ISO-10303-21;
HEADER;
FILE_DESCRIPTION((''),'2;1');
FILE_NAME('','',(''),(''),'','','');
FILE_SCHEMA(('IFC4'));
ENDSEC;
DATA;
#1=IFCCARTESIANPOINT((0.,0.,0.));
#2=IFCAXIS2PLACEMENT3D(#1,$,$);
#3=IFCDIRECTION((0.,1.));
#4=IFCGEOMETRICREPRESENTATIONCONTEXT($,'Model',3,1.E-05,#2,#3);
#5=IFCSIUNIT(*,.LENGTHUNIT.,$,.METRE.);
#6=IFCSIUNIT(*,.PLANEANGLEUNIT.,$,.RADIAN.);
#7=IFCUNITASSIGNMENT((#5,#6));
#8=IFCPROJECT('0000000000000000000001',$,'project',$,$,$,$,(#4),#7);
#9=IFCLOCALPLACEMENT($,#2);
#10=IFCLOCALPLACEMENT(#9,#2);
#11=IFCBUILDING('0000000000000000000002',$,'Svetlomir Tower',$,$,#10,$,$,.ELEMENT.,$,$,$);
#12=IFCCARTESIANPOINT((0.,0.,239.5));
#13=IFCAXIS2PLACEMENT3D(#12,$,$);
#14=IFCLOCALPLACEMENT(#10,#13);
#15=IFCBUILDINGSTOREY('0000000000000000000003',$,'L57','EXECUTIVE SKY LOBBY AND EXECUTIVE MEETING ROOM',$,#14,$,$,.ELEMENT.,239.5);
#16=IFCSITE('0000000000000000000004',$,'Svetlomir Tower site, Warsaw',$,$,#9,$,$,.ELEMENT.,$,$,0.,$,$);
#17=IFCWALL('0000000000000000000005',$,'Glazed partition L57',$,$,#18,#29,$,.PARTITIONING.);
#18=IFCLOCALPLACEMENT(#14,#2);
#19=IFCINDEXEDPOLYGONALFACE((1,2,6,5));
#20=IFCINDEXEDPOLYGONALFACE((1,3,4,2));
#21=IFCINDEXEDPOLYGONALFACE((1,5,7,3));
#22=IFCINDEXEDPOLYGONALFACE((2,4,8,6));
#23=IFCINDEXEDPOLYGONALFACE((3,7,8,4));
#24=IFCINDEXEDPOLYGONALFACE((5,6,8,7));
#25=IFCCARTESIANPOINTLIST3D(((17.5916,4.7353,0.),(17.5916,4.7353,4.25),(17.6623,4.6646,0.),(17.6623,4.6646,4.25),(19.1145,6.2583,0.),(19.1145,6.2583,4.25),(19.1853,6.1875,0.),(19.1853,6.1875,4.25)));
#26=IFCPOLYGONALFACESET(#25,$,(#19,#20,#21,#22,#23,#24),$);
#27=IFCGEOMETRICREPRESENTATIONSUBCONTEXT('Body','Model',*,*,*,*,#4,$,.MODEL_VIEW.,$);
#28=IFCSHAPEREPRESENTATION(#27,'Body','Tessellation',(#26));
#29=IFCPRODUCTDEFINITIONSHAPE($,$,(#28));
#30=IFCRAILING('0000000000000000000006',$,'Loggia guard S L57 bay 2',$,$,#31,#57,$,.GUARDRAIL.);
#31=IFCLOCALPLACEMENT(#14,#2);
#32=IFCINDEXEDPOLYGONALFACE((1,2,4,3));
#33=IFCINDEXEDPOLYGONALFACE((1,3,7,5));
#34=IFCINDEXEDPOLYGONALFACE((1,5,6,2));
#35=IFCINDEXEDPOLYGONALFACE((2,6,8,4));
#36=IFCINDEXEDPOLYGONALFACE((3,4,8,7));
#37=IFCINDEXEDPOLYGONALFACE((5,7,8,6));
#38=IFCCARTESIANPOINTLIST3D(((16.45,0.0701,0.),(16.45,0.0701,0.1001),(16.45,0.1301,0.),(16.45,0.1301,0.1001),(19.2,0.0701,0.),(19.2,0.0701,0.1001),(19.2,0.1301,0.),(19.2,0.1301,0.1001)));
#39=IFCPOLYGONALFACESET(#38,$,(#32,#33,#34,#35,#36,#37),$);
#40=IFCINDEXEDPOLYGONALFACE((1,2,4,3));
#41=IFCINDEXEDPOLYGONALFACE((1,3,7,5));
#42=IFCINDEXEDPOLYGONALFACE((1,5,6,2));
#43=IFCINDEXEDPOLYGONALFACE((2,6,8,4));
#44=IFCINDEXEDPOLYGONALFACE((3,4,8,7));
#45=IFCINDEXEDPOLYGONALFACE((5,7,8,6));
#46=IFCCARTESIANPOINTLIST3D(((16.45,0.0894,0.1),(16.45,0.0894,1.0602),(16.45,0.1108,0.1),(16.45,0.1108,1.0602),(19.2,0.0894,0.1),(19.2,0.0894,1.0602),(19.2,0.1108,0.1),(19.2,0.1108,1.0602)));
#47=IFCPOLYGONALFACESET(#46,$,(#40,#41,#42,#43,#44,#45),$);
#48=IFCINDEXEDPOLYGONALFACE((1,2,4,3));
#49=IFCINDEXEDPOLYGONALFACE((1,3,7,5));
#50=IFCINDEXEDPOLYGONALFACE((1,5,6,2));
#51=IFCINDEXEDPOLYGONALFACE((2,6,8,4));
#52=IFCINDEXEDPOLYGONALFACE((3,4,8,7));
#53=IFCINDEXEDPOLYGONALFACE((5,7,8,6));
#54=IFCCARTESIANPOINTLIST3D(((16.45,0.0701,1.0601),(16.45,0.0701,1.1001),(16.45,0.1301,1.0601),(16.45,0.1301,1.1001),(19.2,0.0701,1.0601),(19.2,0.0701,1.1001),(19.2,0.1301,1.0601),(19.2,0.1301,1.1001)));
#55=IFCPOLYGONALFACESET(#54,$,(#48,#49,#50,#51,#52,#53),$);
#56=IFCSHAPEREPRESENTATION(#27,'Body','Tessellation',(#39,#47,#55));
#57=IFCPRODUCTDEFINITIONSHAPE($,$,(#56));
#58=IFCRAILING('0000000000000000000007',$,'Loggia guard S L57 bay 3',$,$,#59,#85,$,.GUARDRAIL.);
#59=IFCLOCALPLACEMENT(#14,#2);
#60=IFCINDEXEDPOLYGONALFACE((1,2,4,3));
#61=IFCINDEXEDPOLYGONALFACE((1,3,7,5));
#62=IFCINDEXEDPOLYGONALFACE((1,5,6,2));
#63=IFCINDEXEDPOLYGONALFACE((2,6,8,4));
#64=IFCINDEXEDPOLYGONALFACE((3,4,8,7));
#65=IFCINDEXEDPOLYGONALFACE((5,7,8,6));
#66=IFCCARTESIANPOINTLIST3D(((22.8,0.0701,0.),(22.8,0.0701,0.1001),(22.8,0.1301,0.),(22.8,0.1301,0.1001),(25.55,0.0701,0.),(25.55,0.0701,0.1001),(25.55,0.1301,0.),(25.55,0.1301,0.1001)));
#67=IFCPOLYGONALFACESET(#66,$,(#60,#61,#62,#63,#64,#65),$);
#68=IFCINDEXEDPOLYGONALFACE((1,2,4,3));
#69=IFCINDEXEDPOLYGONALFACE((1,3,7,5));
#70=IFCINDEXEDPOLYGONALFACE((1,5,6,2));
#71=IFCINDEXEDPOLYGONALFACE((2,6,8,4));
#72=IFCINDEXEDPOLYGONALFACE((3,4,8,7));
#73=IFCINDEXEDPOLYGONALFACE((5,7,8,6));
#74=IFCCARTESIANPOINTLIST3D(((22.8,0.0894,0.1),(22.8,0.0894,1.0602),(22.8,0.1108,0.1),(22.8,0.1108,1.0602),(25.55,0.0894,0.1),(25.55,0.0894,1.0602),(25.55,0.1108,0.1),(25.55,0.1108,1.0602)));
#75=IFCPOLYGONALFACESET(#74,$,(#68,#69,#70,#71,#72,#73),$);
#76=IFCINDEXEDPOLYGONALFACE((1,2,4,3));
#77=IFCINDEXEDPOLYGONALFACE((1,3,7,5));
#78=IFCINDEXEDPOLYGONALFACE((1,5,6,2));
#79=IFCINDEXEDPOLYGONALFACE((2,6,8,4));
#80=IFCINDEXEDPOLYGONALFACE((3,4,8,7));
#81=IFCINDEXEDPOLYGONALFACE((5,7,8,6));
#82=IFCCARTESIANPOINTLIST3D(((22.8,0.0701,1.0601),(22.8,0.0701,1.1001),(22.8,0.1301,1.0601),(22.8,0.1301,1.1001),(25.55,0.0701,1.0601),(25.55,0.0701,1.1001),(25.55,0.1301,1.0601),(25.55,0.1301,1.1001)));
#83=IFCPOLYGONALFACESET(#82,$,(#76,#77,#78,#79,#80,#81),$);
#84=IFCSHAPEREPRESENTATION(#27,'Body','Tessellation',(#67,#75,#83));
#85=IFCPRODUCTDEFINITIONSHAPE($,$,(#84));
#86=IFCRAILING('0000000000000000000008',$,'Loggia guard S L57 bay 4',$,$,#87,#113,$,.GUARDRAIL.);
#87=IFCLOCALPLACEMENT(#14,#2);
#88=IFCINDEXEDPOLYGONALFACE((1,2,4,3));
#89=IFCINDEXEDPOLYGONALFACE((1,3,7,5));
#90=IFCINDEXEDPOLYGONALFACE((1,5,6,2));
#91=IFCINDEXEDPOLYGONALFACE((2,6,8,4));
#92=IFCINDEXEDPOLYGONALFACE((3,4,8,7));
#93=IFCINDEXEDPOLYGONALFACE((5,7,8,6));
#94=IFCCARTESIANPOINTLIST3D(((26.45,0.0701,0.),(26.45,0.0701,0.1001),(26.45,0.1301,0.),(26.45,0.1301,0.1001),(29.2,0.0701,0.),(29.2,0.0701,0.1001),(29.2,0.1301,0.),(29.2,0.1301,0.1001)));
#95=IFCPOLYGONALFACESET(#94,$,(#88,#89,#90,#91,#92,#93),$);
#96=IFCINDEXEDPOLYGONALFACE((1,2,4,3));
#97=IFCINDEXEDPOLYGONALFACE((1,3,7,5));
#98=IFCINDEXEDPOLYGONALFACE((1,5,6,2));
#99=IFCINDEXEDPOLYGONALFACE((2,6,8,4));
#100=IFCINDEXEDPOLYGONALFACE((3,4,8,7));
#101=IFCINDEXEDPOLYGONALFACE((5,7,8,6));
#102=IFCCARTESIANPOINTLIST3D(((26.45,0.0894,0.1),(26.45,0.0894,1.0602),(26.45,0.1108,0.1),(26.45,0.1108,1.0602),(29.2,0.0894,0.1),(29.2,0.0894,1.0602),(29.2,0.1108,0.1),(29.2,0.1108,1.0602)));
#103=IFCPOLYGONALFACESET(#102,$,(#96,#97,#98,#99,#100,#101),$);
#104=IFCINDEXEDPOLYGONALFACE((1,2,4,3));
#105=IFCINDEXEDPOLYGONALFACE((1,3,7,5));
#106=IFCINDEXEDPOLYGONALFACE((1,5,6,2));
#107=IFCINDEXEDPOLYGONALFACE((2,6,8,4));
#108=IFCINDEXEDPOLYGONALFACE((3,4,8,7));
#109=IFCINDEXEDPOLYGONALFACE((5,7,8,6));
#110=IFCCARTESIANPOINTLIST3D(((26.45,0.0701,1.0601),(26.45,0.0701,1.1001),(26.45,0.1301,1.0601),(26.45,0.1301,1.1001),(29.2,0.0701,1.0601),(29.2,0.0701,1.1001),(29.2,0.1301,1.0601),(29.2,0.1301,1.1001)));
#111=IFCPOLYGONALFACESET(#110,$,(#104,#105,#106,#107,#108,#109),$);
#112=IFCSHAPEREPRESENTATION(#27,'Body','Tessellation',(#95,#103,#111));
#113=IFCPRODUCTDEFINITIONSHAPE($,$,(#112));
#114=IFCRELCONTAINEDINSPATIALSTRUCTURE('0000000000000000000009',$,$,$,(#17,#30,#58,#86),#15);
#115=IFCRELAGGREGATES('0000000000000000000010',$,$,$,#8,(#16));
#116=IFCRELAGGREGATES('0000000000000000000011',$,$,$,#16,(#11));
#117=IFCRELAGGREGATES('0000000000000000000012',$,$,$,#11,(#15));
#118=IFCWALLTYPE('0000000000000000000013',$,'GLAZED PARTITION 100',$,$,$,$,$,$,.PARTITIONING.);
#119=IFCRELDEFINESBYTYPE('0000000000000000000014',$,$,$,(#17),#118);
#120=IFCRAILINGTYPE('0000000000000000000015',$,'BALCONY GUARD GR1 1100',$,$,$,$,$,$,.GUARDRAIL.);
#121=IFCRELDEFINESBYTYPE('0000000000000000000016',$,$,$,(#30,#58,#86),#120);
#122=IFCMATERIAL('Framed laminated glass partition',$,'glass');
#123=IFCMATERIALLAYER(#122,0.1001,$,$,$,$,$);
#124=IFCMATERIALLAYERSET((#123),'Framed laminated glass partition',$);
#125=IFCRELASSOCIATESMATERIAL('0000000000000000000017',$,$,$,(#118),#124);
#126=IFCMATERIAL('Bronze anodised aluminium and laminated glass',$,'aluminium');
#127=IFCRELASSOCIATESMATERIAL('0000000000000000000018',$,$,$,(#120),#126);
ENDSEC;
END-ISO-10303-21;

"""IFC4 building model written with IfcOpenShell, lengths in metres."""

from ifc_helpers import new_model, si_unit, direction, frame, frame_2d, origin, origin_2d, place, context, subcontext, project, spatial, rectangle, extrude, material, layer, layer_set, type_object, element, save


model = new_model("IFC4")

# Units and contexts
model_context = context("Model", 3, precision=1e-05, world=origin(), true_north=direction((0.0, 1.0)))
body_context = subcontext(model_context, "Body", "Model", "MODEL_VIEW")
ifc_project = project(units=[si_unit("LENGTHUNIT", "METRE"), si_unit("PLANEANGLEUNIT", "RADIAN")], contexts=[model_context])

# Site, building, storey
site_placement = place(None, origin())
site = spatial("IfcSite", under=ifc_project, at=site_placement, Name="Svetlomir Tower site, Warsaw", CompositionType="ELEMENT", RefElevation=0.0)
building_placement = place(site_placement, origin())
building = spatial("IfcBuilding", under=site, at=building_placement, Name="Svetlomir Tower", CompositionType="ELEMENT")
storey_placement = place(building_placement, frame((0.0, 0.0, 239.5)))
storey = spatial("IfcBuildingStorey", under=building, at=storey_placement, Name="L57", Description="EXECUTIVE SKY LOBBY AND EXECUTIVE MEETING ROOM", CompositionType="ELEMENT", Elevation=239.5)

# Wall
ifc_material_1 = material(Name="Framed laminated glass partition", Category="glass")
ifc_layer_1 = layer(ifc_material_1, 0.1001)
ifc_layer_set_1 = layer_set([ifc_layer_1], Name="Framed laminated glass partition")
wall_type_1 = type_object("IfcWallType", Name="GLAZED PARTITION 100", PredefinedType="PARTITIONING", material=ifc_layer_set_1)
wall_1_placement = place(storey_placement, frame((17.627, 4.7, 0.0), z_axis=(0.0, 0.0, 1.0), x_axis=(0.707107, 0.707107, 0.0)))
element("IfcWall", 1, at=wall_1_placement, inside=storey, type_object=wall_type_1, Name="Glazed partition L57", PredefinedType="PARTITIONING", context=body_context, shape_type="SweptSolid", body=[
    extrude(rectangle(XDim=2.1538, YDim=0.1001, at=frame_2d((1.0769, 0.0))), origin(), (0.0, 0.0, 1.0), 4.25),
])

# Railings
ifc_material_2 = material(Name="Bronze anodised aluminium and laminated glass", Category="aluminium")
railing_type = type_object("IfcRailingType", Name="BALCONY GUARD GR1 1100", PredefinedType="GUARDRAIL", material=ifc_material_2)
for number, where, name in (
    (2, (16.45, 0.1001, 0.0), "Loggia guard S L57 bay 2"),
    (3, (22.8, 0.1001, 0.0), "Loggia guard S L57 bay 3"),
    (4, (26.45, 0.1001, 0.0), "Loggia guard S L57 bay 4"),
):
    element("IfcRailing", number, at=place(storey_placement, frame(where)), inside=storey, type_object=railing_type, Name=name, PredefinedType="GUARDRAIL", context=body_context, shape_type="SweptSolid", body=[
        extrude(rectangle(XDim=0.0601, YDim=0.1001, at=origin_2d()), frame((0.0, 0.0, 0.05), z_axis=(1.0, 0.0, 0.0), x_axis=(0.0, 1.0, 0.0)), (0.0, 0.0, 1.0), 2.75),
        extrude(rectangle(XDim=0.0215, YDim=0.9602, at=origin_2d()), frame((0.0, 0.0, 0.5801), z_axis=(1.0, 0.0, 0.0), x_axis=(0.0, 1.0, 0.0)), (0.0, 0.0, 1.0), 2.75),
        extrude(rectangle(XDim=0.0601, YDim=0.04, at=origin_2d()), frame((0.0, 0.0, 1.0801), z_axis=(1.0, 0.0, 0.0), x_axis=(0.0, 1.0, 0.0)), (0.0, 0.0, 1.0), 2.75),
    ])

save(model, "model.ifc")
